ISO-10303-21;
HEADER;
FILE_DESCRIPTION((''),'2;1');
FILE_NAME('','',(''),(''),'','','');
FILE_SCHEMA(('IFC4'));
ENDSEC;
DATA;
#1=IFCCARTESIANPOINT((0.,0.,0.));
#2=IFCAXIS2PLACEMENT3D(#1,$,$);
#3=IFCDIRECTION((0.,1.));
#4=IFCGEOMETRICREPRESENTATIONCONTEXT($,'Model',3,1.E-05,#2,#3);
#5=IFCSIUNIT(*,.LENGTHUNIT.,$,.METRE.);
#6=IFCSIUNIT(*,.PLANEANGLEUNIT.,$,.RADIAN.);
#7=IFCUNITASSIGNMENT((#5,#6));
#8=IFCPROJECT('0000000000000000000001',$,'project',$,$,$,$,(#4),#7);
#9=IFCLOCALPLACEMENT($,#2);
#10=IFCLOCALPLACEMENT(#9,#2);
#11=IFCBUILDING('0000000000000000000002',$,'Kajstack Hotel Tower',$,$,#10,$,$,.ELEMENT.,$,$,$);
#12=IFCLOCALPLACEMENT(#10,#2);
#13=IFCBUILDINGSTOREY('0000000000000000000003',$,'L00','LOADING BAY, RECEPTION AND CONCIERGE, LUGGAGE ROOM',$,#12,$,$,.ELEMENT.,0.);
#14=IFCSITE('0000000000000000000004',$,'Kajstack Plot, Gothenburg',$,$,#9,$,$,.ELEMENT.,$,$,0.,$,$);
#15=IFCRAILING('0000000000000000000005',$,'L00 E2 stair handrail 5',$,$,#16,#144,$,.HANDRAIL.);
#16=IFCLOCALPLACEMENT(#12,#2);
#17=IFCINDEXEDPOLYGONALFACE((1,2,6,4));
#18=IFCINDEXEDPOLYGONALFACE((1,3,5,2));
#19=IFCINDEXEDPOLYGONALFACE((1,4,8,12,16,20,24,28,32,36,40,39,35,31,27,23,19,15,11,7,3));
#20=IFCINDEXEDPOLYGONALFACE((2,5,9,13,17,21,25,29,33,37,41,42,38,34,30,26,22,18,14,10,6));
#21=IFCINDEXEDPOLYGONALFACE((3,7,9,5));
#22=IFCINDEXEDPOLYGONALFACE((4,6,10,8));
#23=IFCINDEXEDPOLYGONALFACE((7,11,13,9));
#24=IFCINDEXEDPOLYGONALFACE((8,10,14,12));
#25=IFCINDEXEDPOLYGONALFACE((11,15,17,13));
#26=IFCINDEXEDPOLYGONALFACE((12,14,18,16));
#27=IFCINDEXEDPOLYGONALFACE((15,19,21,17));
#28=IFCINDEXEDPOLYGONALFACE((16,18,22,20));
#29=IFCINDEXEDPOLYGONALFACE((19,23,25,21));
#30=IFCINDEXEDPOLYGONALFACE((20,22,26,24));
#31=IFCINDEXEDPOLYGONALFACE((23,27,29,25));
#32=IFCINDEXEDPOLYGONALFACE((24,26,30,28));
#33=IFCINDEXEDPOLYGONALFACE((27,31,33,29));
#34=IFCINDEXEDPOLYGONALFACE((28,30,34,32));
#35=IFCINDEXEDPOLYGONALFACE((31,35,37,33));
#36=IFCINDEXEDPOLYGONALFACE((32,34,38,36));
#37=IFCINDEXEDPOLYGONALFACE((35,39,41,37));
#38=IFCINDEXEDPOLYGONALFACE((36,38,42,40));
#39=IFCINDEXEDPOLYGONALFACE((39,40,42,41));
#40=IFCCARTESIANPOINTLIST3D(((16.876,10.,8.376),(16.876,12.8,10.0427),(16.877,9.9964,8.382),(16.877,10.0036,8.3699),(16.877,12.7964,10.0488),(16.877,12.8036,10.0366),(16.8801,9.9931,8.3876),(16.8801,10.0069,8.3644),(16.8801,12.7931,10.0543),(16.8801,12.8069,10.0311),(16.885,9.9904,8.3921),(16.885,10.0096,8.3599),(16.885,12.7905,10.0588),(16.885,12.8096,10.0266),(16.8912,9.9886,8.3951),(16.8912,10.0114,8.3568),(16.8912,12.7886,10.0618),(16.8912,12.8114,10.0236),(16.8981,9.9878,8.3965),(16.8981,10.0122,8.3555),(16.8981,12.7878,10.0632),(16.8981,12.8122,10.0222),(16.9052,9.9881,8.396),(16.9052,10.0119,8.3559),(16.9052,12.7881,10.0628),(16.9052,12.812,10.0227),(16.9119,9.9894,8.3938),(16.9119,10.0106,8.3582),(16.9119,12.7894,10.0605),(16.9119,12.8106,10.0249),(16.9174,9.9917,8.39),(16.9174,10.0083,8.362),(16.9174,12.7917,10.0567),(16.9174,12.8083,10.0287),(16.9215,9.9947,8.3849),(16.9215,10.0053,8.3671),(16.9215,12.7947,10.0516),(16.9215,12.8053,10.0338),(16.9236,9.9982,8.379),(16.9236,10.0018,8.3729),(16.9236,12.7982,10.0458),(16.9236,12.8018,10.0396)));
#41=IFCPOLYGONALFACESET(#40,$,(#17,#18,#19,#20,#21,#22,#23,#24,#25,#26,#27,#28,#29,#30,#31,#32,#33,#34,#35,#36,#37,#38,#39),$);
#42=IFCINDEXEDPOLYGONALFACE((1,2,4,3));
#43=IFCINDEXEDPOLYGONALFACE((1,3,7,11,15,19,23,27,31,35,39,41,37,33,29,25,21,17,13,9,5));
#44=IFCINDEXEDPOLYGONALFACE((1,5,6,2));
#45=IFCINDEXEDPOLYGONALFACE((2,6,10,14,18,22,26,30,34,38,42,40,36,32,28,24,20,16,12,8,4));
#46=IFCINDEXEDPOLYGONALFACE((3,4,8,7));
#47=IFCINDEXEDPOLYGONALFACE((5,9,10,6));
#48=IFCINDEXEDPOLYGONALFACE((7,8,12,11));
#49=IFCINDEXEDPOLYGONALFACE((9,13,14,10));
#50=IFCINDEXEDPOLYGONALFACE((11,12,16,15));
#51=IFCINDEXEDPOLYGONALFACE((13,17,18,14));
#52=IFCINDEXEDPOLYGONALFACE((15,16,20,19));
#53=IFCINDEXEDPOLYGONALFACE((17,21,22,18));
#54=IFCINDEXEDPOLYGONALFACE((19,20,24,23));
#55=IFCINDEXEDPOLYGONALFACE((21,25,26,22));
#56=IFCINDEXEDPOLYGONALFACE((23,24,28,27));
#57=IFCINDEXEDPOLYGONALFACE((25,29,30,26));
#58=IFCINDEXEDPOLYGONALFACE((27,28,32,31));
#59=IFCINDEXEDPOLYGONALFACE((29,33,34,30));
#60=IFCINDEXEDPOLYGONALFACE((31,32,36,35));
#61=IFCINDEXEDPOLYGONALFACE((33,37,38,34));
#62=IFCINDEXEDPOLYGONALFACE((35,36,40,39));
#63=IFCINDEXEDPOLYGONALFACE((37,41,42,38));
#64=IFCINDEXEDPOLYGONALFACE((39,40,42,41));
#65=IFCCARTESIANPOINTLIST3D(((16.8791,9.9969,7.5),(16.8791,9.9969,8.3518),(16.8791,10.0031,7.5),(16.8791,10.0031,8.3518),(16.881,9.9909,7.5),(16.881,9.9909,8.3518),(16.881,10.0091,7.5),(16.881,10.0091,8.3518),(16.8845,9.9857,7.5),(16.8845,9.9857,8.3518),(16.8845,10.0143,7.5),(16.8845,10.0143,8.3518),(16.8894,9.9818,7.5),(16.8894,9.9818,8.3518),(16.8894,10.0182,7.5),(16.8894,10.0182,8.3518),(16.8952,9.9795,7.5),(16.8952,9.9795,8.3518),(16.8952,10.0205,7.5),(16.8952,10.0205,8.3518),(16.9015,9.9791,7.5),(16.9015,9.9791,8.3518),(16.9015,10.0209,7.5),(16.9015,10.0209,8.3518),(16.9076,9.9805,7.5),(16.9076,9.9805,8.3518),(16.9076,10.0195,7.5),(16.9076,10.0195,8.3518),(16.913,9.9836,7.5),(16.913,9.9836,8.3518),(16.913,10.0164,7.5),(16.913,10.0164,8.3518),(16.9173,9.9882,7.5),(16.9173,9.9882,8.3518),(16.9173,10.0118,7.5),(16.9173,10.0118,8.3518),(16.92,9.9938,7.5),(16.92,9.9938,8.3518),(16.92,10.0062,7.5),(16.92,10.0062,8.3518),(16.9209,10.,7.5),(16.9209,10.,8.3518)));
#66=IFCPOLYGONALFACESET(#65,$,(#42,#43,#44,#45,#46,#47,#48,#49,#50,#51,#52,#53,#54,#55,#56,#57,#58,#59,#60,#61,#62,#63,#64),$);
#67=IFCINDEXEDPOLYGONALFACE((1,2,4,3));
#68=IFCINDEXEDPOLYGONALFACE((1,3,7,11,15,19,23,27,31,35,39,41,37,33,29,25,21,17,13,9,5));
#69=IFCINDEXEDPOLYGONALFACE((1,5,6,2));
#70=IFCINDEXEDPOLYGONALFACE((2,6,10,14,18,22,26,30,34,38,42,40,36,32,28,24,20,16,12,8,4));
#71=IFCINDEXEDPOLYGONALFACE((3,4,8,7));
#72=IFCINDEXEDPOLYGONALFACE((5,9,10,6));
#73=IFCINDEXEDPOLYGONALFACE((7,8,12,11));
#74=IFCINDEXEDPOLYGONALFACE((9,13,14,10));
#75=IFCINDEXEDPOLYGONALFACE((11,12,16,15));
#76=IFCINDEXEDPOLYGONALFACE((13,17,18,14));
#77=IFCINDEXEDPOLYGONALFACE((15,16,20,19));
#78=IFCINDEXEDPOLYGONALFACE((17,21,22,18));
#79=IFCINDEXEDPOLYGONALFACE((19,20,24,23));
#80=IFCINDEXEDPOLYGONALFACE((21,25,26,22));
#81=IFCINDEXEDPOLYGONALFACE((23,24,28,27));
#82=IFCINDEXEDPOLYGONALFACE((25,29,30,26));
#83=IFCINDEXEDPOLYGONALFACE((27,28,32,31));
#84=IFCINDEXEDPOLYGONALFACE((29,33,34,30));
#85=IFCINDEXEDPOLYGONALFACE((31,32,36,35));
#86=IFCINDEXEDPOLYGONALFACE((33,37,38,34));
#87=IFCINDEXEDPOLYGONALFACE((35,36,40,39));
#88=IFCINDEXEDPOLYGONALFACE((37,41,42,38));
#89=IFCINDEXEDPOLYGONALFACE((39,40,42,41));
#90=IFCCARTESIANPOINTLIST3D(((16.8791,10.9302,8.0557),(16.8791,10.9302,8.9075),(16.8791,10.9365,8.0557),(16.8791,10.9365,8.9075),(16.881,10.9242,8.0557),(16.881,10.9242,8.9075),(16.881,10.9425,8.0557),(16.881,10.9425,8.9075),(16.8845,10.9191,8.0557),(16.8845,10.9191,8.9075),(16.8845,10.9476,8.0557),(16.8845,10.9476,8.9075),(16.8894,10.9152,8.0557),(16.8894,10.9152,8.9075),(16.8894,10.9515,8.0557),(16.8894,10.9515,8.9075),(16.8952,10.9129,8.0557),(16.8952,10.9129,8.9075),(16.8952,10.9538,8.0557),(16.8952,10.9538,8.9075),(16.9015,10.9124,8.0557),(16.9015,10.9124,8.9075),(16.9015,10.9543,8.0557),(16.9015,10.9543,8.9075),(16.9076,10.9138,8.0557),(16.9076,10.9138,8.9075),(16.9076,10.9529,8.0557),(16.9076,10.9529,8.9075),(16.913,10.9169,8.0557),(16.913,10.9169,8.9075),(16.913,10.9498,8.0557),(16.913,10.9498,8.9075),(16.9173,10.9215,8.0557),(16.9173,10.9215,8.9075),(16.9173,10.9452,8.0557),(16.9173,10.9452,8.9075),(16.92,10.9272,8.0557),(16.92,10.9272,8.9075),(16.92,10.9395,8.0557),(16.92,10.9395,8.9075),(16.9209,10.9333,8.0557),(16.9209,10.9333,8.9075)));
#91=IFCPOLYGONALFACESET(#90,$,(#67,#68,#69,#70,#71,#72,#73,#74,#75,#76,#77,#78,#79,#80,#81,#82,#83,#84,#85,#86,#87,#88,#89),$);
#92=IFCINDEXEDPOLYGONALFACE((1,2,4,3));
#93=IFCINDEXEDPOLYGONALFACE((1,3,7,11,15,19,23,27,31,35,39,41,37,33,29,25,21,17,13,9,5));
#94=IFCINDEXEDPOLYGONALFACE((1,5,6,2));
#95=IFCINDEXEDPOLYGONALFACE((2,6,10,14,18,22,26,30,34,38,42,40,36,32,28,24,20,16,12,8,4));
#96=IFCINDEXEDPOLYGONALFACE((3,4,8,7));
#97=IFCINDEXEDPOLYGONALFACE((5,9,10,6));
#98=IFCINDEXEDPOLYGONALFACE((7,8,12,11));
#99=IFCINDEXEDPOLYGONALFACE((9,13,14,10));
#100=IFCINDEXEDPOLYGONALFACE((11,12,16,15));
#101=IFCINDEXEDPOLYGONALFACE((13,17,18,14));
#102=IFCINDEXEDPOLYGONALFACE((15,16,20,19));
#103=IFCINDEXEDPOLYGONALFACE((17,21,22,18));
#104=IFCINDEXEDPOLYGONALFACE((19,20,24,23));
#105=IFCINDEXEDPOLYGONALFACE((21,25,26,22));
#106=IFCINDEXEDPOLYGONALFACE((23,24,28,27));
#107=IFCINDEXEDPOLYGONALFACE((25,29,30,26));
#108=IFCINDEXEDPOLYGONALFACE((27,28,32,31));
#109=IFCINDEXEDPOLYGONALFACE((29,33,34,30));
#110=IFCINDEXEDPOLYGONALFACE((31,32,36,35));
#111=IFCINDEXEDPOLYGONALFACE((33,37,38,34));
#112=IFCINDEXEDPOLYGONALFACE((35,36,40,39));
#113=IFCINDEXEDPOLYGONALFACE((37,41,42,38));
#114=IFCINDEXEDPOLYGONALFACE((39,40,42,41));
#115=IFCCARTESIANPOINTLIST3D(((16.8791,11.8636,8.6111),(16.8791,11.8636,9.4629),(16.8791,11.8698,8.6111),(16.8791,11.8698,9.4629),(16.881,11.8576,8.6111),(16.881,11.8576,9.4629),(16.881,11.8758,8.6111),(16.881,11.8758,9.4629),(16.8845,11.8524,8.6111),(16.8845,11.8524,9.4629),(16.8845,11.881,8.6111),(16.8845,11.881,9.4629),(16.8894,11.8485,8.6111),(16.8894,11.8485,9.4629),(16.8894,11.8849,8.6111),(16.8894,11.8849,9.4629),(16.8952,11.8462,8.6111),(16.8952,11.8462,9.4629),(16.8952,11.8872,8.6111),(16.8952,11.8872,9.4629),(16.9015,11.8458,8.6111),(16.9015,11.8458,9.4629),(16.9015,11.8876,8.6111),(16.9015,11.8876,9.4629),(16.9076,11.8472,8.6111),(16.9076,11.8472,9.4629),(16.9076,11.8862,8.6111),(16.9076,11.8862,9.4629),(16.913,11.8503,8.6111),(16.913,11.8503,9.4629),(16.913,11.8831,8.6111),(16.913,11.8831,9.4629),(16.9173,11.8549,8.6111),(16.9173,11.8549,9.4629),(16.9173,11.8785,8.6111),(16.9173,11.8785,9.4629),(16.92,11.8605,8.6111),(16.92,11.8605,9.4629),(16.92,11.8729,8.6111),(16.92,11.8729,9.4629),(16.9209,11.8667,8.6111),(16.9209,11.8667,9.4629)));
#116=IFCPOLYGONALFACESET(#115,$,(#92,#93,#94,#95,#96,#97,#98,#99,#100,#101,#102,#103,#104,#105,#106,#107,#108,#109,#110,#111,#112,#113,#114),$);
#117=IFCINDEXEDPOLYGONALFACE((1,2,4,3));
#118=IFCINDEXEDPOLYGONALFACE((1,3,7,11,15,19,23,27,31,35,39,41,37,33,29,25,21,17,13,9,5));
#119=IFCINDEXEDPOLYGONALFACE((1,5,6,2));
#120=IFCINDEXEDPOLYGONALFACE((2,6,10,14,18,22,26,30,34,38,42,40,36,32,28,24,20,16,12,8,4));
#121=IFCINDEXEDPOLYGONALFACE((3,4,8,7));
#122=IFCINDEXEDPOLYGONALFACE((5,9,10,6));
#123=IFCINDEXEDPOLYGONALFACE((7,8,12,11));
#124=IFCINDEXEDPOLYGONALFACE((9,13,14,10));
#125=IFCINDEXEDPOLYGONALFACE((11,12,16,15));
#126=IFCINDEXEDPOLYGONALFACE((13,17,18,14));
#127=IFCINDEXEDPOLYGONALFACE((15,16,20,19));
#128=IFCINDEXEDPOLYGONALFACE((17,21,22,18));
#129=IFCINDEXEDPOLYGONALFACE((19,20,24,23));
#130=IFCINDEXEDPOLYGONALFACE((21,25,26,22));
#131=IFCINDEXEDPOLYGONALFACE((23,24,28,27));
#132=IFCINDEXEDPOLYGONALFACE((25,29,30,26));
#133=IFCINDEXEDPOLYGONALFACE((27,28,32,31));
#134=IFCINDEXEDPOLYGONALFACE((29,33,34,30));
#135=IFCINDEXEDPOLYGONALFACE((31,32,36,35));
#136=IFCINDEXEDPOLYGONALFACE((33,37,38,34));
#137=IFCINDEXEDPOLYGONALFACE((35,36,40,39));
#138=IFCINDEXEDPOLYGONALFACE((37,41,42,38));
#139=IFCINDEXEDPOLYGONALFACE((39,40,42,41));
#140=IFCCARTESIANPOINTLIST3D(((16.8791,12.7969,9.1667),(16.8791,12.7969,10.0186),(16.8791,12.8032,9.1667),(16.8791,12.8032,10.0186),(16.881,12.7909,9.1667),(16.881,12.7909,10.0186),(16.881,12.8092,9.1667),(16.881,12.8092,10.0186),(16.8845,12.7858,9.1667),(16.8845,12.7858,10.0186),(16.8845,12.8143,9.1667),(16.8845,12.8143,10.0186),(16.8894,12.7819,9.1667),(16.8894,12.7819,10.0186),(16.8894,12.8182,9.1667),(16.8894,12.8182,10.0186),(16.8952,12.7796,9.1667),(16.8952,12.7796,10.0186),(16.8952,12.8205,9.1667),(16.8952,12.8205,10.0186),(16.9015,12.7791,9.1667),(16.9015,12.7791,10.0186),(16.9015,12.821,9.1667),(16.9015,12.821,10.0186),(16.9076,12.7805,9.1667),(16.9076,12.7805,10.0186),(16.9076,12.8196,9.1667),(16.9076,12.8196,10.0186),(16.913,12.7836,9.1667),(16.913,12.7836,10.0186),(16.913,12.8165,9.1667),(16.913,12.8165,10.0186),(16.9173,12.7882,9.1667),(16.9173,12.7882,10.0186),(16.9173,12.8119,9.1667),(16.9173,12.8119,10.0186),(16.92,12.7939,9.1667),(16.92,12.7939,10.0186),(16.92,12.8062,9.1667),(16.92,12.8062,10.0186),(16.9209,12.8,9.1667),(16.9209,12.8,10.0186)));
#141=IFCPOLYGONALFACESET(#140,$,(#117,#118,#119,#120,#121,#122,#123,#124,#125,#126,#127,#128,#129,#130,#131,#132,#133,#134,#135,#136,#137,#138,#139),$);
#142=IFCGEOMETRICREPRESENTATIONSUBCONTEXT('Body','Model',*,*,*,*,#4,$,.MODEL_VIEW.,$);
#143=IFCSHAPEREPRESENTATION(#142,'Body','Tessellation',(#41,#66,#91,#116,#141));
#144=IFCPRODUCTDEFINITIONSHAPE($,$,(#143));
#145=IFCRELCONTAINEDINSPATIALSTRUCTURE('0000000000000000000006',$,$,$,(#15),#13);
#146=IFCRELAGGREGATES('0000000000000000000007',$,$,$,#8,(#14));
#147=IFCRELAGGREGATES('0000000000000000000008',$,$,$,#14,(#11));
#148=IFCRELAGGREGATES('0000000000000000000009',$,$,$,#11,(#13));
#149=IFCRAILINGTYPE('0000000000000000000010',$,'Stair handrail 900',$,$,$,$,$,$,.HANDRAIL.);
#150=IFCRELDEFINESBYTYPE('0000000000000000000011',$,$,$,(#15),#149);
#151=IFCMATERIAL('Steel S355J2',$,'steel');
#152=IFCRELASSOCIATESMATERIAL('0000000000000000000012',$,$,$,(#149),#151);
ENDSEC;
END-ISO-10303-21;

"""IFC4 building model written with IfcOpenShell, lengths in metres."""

from ifc_helpers import new_model, si_unit, direction, frame, origin, origin_2d, place, context, subcontext, project, spatial, circle, extrude, material, type_object, element, save


model = new_model("IFC4")

# Units and contexts
model_context = context("Model", 3, precision=1e-05, world=origin(), true_north=direction((0.0, 1.0)))
body_context = subcontext(model_context, "Body", "Model", "MODEL_VIEW")
ifc_project = project(units=[si_unit("LENGTHUNIT", "METRE"), si_unit("PLANEANGLEUNIT", "RADIAN")], contexts=[model_context])

# Site, building, storey
site_placement = place(None, origin())
site = spatial("IfcSite", under=ifc_project, at=site_placement, Name="Kajstack Plot, Gothenburg", CompositionType="ELEMENT", RefElevation=0.0)
building_placement = place(site_placement, origin())
building = spatial("IfcBuilding", under=site, at=building_placement, Name="Kajstack Hotel Tower", CompositionType="ELEMENT")
storey_placement = place(building_placement, origin())
storey = spatial("IfcBuildingStorey", under=building, at=storey_placement, Name="L00", Description="LOADING BAY, RECEPTION AND CONCIERGE, LUGGAGE ROOM", CompositionType="ELEMENT", Elevation=0.0)

# Railing
ifc_material_1 = material(Name="Steel S355J2", Category="steel")
railing_type_1 = type_object("IfcRailingType", Name="Stair handrail 900", PredefinedType="HANDRAIL", material=ifc_material_1)
for number, where, name in (
    (1, (16.8999, 10.0, 7.5), "L00 E2 stair handrail 5"),
):
    element("IfcRailing", number, at=place(storey_placement, frame(where)), inside=storey, type_object=railing_type_1, Name=name, PredefinedType="HANDRAIL", context=body_context, shape_type="SweptSolid", body=[
        extrude(circle(Radius=0.0239, at=origin_2d()), frame((0.0, 0.0, 0.876), z_axis=(0.0, 0.859286, 0.511496), x_axis=(-1.0, 0.0, 0.0)), (0.0, 0.0, 1.0), 3.2585),
        extrude(circle(Radius=0.021, at=origin_2d()), origin(), (0.0, 0.0, 1.0), 0.8518),
        extrude(circle(Radius=0.021, at=origin_2d()), frame((0.0, 0.9333, 0.5557)), (0.0, 0.0, 1.0), 0.8518),
        extrude(circle(Radius=0.021, at=origin_2d()), frame((0.0, 1.8667, 1.1111)), (0.0, 0.0, 1.0), 0.8518),
        extrude(circle(Radius=0.021, at=origin_2d()), frame((0.0, 2.8, 1.6667)), (0.0, 0.0, 1.0), 0.8518),
    ])

save(model, "model.ifc")
